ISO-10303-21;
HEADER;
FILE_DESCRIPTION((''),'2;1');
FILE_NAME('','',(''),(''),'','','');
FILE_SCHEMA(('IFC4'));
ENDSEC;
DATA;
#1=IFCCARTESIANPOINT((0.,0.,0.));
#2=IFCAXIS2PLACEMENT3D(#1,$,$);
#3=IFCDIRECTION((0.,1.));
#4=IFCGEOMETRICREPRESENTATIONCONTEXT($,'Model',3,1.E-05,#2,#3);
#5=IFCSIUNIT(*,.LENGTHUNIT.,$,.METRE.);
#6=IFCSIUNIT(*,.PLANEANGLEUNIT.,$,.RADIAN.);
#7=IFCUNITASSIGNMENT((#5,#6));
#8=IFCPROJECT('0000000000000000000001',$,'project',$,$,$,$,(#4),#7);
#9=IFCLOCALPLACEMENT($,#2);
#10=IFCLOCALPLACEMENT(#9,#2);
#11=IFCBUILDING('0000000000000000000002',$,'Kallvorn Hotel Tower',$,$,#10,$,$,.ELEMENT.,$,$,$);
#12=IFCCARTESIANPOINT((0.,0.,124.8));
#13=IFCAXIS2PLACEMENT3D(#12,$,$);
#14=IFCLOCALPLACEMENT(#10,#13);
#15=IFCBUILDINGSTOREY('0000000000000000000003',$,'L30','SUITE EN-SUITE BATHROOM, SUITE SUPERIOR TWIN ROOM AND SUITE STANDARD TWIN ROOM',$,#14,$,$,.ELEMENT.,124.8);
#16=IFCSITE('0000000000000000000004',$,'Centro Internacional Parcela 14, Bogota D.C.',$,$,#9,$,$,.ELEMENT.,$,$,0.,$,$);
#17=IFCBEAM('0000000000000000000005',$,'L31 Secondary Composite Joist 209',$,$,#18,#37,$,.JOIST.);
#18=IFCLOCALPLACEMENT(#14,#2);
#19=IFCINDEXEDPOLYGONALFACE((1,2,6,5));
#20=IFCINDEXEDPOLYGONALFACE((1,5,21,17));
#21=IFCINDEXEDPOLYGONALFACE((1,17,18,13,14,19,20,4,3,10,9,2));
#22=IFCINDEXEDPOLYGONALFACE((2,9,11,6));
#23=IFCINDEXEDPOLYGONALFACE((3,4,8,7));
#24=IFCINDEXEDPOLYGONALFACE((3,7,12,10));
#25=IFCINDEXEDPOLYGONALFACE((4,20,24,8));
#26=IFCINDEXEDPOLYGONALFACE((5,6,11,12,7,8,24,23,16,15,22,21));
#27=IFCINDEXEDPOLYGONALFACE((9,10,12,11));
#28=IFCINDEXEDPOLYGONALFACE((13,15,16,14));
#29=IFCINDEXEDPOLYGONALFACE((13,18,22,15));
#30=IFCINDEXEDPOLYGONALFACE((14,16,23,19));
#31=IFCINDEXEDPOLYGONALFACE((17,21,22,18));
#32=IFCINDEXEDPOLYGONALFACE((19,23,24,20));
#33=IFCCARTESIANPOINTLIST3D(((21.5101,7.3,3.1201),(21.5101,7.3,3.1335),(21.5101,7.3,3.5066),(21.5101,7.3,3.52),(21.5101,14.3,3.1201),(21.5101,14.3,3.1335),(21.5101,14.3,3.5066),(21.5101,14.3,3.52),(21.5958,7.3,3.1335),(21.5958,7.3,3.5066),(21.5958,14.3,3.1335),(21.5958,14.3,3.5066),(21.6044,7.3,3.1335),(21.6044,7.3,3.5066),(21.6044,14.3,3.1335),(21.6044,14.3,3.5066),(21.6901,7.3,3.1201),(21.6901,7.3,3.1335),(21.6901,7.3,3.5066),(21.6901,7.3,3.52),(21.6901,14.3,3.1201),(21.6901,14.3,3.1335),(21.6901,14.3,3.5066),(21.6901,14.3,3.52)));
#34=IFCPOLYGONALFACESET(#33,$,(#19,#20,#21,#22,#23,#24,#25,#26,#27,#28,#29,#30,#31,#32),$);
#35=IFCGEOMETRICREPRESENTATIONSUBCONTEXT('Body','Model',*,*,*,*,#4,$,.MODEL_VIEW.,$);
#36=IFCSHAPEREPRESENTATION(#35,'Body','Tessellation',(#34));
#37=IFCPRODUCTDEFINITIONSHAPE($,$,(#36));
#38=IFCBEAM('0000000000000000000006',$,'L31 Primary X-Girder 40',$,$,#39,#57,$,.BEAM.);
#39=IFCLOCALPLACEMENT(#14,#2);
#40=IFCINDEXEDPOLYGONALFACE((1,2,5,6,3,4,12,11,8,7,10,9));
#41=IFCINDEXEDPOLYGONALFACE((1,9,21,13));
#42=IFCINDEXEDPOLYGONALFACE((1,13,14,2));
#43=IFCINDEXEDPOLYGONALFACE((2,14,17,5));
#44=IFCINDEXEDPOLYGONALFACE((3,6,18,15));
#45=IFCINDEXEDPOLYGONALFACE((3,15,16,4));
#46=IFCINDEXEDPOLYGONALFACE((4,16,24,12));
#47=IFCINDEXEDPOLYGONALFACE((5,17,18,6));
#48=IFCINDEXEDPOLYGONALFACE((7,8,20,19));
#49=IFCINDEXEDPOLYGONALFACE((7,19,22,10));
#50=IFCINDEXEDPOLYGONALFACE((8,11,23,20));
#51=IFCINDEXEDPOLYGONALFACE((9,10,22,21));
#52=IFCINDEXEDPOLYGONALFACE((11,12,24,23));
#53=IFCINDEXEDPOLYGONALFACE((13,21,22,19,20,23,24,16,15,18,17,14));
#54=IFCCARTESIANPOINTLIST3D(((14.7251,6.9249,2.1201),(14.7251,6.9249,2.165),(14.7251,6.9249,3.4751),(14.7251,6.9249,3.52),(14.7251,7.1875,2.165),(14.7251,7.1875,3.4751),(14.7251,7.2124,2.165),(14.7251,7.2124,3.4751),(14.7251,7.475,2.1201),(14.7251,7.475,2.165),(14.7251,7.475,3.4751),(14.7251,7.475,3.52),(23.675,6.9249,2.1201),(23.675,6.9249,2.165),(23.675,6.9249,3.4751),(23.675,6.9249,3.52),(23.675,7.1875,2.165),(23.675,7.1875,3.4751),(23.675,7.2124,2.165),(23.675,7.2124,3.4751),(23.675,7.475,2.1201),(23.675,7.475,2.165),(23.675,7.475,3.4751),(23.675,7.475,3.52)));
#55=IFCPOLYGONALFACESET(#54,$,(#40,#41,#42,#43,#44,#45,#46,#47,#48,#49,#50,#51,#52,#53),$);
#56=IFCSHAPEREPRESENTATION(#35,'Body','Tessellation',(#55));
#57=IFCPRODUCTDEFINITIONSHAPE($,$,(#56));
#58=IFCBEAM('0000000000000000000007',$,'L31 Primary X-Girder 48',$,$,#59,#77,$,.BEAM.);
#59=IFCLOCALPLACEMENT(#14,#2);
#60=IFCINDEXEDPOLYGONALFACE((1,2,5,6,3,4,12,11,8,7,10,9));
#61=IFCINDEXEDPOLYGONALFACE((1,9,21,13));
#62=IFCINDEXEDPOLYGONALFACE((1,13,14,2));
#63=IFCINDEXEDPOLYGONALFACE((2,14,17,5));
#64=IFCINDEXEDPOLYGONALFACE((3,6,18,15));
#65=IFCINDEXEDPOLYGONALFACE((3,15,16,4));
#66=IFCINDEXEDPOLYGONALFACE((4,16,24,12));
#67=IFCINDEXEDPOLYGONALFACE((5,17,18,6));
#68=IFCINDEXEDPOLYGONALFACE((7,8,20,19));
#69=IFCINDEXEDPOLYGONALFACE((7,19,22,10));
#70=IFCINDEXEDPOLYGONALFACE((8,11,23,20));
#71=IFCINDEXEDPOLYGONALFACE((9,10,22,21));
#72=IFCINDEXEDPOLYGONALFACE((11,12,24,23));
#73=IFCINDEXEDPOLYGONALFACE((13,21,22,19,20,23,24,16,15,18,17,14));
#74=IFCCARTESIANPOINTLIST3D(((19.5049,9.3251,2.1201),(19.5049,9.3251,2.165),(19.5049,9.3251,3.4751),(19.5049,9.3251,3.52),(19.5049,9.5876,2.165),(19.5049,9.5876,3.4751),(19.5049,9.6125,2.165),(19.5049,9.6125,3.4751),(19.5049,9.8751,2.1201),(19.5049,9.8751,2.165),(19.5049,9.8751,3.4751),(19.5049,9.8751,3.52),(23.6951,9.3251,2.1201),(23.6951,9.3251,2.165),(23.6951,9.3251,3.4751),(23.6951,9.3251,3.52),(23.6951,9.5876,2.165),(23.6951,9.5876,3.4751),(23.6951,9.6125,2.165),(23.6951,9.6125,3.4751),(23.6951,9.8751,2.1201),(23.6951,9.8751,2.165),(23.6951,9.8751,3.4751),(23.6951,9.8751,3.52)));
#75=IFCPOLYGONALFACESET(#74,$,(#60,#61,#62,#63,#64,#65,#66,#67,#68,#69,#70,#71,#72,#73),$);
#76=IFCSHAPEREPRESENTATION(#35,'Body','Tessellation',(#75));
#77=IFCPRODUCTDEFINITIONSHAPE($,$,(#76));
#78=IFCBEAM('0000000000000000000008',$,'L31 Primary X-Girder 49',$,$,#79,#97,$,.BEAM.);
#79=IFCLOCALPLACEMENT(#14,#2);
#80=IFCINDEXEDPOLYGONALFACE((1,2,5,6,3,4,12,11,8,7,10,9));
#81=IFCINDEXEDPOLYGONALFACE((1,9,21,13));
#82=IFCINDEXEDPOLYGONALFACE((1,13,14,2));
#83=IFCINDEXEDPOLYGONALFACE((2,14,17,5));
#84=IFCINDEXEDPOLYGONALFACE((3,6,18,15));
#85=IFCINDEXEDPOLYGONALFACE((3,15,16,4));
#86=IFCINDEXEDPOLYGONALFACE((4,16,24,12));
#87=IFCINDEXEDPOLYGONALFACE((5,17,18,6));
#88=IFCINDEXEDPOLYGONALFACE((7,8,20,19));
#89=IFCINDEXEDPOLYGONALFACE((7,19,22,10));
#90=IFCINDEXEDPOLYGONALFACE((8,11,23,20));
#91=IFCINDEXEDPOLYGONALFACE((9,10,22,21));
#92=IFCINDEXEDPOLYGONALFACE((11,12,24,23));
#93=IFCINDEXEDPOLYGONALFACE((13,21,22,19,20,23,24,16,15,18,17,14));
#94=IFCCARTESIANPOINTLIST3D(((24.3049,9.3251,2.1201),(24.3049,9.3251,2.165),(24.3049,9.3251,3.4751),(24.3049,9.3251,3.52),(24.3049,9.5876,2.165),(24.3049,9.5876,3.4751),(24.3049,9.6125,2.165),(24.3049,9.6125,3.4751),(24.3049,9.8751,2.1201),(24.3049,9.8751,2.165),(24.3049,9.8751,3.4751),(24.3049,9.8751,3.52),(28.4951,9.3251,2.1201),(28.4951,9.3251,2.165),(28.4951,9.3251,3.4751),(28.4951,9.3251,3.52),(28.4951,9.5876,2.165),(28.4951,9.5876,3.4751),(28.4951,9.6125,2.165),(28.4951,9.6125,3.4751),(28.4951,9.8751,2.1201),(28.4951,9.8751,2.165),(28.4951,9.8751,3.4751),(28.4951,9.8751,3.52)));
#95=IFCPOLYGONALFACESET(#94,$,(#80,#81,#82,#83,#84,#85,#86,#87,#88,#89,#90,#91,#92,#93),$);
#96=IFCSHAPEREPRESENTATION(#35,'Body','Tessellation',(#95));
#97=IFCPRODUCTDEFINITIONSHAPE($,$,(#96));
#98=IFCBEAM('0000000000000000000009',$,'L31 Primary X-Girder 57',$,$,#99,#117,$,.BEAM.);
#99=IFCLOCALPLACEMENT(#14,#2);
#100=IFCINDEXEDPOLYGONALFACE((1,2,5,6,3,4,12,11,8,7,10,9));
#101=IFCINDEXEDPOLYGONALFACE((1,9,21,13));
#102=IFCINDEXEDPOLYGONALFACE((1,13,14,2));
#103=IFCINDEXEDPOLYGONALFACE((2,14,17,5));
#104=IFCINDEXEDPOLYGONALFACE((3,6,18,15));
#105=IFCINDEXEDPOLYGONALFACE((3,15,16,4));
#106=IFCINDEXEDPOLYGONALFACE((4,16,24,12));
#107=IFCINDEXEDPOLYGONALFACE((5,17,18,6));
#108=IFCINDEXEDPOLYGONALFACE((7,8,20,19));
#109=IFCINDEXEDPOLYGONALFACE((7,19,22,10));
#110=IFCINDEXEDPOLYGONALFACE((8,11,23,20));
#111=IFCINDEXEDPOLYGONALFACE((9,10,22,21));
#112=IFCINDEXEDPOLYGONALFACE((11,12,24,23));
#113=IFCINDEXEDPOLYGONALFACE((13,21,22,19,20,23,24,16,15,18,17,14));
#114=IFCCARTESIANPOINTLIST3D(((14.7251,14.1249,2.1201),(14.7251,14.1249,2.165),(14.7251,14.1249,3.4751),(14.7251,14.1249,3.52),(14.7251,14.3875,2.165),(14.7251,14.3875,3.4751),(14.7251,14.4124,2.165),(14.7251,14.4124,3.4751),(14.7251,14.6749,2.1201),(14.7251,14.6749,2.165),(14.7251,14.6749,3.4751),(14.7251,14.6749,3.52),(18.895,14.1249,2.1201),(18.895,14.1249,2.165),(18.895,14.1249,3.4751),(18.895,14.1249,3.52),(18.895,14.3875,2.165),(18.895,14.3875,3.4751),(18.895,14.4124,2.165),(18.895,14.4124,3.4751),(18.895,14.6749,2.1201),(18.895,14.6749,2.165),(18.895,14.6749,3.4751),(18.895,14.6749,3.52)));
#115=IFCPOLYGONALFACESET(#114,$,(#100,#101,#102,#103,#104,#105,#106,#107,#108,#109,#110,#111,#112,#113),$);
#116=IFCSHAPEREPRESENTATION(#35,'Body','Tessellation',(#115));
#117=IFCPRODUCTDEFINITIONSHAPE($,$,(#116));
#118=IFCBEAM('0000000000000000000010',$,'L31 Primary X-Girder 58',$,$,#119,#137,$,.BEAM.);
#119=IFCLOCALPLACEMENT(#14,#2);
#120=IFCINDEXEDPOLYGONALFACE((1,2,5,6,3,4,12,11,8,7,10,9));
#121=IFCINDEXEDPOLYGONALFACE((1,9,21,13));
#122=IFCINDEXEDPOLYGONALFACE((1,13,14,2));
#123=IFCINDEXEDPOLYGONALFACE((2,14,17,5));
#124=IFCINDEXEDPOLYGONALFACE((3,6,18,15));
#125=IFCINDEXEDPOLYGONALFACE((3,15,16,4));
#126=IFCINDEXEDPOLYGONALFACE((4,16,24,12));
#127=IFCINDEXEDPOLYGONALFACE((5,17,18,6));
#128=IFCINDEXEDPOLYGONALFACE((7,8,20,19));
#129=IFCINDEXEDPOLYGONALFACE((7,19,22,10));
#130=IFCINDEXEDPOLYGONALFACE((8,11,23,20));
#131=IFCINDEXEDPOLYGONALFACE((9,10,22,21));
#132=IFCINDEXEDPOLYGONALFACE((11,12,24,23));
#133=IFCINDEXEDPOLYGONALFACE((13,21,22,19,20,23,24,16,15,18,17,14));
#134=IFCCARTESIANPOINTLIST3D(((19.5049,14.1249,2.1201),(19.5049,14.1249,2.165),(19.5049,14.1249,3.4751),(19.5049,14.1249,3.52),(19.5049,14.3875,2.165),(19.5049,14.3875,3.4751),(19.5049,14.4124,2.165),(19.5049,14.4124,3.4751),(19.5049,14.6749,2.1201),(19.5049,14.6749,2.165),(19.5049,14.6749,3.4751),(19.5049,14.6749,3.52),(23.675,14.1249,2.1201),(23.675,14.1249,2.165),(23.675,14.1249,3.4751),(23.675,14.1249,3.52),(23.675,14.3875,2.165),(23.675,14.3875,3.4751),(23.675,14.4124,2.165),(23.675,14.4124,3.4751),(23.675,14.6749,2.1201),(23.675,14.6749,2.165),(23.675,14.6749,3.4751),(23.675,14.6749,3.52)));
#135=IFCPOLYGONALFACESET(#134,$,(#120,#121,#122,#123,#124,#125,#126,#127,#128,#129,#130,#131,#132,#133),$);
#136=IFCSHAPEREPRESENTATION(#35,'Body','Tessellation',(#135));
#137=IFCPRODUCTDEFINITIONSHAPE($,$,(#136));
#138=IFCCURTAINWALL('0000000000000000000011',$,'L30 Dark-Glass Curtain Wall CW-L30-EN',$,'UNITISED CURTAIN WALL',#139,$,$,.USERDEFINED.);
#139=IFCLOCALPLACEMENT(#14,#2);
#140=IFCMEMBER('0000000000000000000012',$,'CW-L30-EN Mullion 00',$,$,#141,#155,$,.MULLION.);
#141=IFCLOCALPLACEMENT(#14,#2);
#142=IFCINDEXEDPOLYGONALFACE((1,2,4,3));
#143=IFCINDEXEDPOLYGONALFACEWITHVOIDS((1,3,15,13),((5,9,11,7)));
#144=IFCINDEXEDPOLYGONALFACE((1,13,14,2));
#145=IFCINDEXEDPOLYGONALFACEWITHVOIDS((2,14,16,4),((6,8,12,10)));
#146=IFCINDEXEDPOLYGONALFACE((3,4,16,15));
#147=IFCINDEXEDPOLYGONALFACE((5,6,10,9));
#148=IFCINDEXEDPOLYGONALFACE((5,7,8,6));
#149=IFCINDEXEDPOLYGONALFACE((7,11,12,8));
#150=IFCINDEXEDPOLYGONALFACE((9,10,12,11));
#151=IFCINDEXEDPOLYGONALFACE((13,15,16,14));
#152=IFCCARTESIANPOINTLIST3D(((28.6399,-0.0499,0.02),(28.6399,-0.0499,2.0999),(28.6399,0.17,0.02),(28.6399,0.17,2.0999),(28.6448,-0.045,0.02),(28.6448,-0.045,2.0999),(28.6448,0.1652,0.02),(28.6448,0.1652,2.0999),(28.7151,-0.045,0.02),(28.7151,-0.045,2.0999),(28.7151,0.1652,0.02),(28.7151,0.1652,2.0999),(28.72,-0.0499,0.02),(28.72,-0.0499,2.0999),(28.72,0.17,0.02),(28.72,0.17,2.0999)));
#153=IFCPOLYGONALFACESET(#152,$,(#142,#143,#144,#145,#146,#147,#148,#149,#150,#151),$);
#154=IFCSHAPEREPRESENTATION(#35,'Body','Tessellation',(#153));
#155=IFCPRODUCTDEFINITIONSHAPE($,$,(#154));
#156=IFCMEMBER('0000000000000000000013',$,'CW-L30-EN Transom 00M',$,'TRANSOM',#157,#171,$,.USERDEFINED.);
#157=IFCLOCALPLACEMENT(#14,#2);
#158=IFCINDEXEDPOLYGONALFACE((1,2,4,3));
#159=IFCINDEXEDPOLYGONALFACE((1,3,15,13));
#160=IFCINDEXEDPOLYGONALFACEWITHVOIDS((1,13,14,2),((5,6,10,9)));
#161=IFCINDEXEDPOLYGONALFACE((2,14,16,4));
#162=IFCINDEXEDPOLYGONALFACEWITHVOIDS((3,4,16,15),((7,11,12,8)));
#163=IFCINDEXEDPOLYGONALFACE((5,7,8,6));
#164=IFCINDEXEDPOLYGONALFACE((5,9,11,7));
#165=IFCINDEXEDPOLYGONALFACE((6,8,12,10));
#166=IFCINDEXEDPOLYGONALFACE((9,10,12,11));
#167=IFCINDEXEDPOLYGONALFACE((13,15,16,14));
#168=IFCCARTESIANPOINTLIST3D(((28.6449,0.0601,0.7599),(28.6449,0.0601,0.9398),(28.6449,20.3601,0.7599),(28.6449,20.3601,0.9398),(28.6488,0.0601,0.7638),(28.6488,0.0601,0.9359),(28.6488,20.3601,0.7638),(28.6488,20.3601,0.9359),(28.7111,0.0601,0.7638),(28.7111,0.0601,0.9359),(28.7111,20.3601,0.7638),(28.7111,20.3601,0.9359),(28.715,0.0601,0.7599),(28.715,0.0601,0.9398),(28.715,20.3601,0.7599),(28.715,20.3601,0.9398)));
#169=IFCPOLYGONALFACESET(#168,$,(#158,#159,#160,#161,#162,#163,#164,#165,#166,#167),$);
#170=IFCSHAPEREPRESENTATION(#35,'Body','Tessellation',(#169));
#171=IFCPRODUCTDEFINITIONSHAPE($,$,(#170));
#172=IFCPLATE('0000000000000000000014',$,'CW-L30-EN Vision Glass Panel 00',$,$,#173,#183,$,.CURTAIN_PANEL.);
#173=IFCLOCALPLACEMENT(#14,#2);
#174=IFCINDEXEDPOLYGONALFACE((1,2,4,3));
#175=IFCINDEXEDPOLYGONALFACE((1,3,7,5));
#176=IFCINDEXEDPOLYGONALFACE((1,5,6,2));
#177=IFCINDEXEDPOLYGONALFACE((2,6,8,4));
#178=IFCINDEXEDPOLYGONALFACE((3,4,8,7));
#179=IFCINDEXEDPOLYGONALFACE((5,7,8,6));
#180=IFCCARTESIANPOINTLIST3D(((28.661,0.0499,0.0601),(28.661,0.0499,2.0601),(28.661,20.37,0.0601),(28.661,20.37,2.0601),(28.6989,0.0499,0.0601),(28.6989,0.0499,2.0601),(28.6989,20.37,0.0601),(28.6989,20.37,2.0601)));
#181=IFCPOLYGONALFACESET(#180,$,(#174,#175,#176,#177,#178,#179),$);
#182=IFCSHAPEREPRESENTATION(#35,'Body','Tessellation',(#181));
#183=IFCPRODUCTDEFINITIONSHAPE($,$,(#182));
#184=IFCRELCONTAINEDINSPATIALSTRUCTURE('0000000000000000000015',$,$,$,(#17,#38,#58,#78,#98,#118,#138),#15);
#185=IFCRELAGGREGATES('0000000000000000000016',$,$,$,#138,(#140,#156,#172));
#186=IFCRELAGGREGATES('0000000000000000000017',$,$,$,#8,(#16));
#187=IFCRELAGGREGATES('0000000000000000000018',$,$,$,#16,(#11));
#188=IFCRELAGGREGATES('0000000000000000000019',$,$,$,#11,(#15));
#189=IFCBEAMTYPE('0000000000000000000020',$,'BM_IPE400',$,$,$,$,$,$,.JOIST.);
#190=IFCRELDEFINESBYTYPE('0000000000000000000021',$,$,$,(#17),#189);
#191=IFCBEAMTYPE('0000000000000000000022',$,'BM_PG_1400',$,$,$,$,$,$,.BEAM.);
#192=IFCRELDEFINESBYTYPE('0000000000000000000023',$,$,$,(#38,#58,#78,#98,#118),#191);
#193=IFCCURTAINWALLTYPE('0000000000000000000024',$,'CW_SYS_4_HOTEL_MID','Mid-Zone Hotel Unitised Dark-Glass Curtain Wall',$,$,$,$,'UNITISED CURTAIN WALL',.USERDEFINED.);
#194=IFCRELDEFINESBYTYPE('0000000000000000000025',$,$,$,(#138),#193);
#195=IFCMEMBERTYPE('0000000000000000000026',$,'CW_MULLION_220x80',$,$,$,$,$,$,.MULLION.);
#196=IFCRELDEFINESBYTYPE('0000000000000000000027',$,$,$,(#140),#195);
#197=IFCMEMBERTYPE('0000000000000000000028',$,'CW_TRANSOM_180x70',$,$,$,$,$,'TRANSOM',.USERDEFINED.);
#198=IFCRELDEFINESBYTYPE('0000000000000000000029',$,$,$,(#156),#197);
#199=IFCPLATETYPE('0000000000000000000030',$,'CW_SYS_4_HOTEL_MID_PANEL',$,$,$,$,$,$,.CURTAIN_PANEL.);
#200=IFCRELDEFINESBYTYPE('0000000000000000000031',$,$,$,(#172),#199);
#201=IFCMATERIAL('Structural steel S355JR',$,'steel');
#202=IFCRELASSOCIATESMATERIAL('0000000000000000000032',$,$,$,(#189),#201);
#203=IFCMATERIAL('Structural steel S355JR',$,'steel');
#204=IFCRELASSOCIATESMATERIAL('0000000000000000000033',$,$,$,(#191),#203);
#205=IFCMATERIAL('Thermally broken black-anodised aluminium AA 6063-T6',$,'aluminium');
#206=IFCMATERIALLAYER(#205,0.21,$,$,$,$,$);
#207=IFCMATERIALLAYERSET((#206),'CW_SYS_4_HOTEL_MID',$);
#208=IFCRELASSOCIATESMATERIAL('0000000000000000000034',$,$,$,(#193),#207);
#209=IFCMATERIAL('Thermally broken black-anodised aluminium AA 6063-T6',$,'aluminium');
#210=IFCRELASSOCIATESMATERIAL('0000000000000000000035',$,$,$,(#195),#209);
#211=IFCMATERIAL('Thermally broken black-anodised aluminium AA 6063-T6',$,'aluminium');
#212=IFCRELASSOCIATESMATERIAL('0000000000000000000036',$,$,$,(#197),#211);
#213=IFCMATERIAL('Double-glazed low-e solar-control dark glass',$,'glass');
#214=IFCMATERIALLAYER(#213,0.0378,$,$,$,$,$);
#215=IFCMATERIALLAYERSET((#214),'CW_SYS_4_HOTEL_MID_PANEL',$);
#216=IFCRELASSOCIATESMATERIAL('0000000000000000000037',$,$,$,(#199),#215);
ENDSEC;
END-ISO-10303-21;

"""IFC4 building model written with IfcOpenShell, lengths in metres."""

from ifc_helpers import new_model, si_unit, direction, frame, origin, origin_2d, place, context, subcontext, project, spatial, rectangle, hollow_rectangle, i_section, extrude, material, layer, layer_set, material_profile, profile_set, type_object, element, aggregate, save


model = new_model("IFC4")

# Units and contexts
model_context = context("Model", 3, precision=1e-05, world=origin(), true_north=direction((0.0, 1.0)))
body_context = subcontext(model_context, "Body", "Model", "MODEL_VIEW")
ifc_project = project(units=[si_unit("LENGTHUNIT", "METRE"), si_unit("PLANEANGLEUNIT", "RADIAN")], contexts=[model_context])

# Site, building, storey
site_placement = place(None, origin())
site = spatial("IfcSite", under=ifc_project, at=site_placement, Name="Centro Internacional Parcela 14, Bogota D.C.", CompositionType="ELEMENT", RefElevation=0.0)
building_placement = place(site_placement, origin())
building = spatial("IfcBuilding", under=site, at=building_placement, Name="Kallvorn Hotel Tower", CompositionType="ELEMENT")
storey_placement = place(building_placement, frame((0.0, 0.0, 124.8)))
storey = spatial("IfcBuildingStorey", under=building, at=storey_placement, Name="L30", Description="SUITE EN-SUITE BATHROOM, SUITE SUPERIOR TWIN ROOM AND SUITE STANDARD TWIN ROOM", CompositionType="ELEMENT", Elevation=124.8)

# Beams
ifc_material_1 = material(Name="Structural steel S355JR", Category="steel")
ifc_material_profile_1 = material_profile(ifc_material_1, i_section(OverallWidth=0.1799, OverallDepth=0.3999, WebThickness=0.0085, FlangeThickness=0.0134, at=origin_2d()), Name="IPE 400")
ifc_profile_set_1 = profile_set([ifc_material_profile_1], Name="Structural steel S355JR")
beam_type_1 = type_object("IfcBeamType", Name="BM_IPE400", PredefinedType="JOIST", material=ifc_profile_set_1)
for number, where, z_axis, x_axis, name in (
    (1, (21.6001, 7.3, 3.3201), (0.0, 1.0, 0.0), (-1.0, 0.0, 0.0), "L31 Secondary Composite Joist 209"),
):
    element("IfcBeam", number, at=place(storey_placement, frame(where, z_axis=z_axis, x_axis=x_axis)), inside=storey, type_object=beam_type_1, Name=name, PredefinedType="JOIST", context=body_context, shape_type="SweptSolid", body=[
        extrude(i_section(OverallWidth=0.1799, OverallDepth=0.3999, WebThickness=0.0085, FlangeThickness=0.0134, at=origin_2d()), origin(), (0.0, 0.0, 1.0), 7.0),
    ])
ifc_material_2 = material(Name="Structural steel S355JR", Category="steel")
ifc_material_profile_2 = material_profile(ifc_material_2, i_section(OverallWidth=0.55, OverallDepth=1.3999, WebThickness=0.0249, FlangeThickness=0.0449, at=origin_2d()), Name="PG 1400x550x25x45")
ifc_profile_set_2 = profile_set([ifc_material_profile_2], Name="Structural steel S355JR")
beam_type_2 = type_object("IfcBeamType", Name="BM_PG_1400", PredefinedType="BEAM", material=ifc_profile_set_2)
beam_1_placement = place(storey_placement, frame((14.7251, 7.2, 2.8201), z_axis=(1.0, 0.0, 0.0), x_axis=(0.0, 1.0, 0.0)))
element("IfcBeam", 2, at=beam_1_placement, inside=storey, type_object=beam_type_2, Name="L31 Primary X-Girder 40", PredefinedType="BEAM", context=body_context, shape_type="SweptSolid", body=[
    extrude(i_section(OverallWidth=0.55, OverallDepth=1.3999, WebThickness=0.0249, FlangeThickness=0.0449, at=origin_2d()), origin(), (0.0, 0.0, 1.0), 8.95),
])
for number, where, z_axis, x_axis, name in (
    (3, (19.5049, 9.6001, 2.8201), (1.0, 0.0, 0.0), (0.0, 1.0, 0.0), "L31 Primary X-Girder 48"),
    (4, (24.3049, 9.6001, 2.8201), (1.0, 0.0, 0.0), (0.0, 1.0, 0.0), "L31 Primary X-Girder 49"),
):
    element("IfcBeam", number, at=place(storey_placement, frame(where, z_axis=z_axis, x_axis=x_axis)), inside=storey, type_object=beam_type_2, Name=name, PredefinedType="BEAM", context=body_context, shape_type="SweptSolid", body=[
        extrude(i_section(OverallWidth=0.55, OverallDepth=1.3999, WebThickness=0.0249, FlangeThickness=0.0449, at=origin_2d()), origin(), (0.0, 0.0, 1.0), 4.1902),
    ])
beam_2_placement = place(storey_placement, frame((14.7251, 14.3999, 2.8201), z_axis=(1.0, 0.0, 0.0), x_axis=(0.0, 1.0, 0.0)))
element("IfcBeam", 5, at=beam_2_placement, inside=storey, type_object=beam_type_2, Name="L31 Primary X-Girder 57", PredefinedType="BEAM", context=body_context, shape_type="SweptSolid", body=[
    extrude(i_section(OverallWidth=0.55, OverallDepth=1.3999, WebThickness=0.0249, FlangeThickness=0.0449, at=origin_2d()), origin(), (0.0, 0.0, 1.0), 4.1699),
])
beam_3_placement = place(storey_placement, frame((19.5049, 14.3999, 2.8201), z_axis=(1.0, 0.0, 0.0), x_axis=(0.0, 1.0, 0.0)))
element("IfcBeam", 6, at=beam_3_placement, inside=storey, type_object=beam_type_2, Name="L31 Primary X-Girder 58", PredefinedType="BEAM", context=body_context, shape_type="SweptSolid", body=[
    extrude(i_section(OverallWidth=0.55, OverallDepth=1.3999, WebThickness=0.0249, FlangeThickness=0.0449, at=origin_2d()), origin(), (0.0, 0.0, 1.0), 4.1702),
])

# Curtain wall, members, plate
ifc_material_3 = material(Name="Thermally broken black-anodised aluminium AA 6063-T6", Category="aluminium")
ifc_layer_1 = layer(ifc_material_3, 0.21)
ifc_layer_set_1 = layer_set([ifc_layer_1], Name="CW_SYS_4_HOTEL_MID")
curtain_wall_type = type_object("IfcCurtainWallType", Name="CW_SYS_4_HOTEL_MID", Description="Mid-Zone Hotel Unitised Dark-Glass Curtain Wall", ElementType="UNITISED CURTAIN WALL", PredefinedType="USERDEFINED", material=ifc_layer_set_1)
curtain_wall_placement = place(storey_placement, origin())
curtain_wall = element("IfcCurtainWall", 7, at=curtain_wall_placement, inside=storey, type_object=curtain_wall_type, Name="L30 Dark-Glass Curtain Wall CW-L30-EN", ObjectType="UNITISED CURTAIN WALL", PredefinedType="USERDEFINED")
ifc_material_4 = material(Name="Thermally broken black-anodised aluminium AA 6063-T6", Category="aluminium")
ifc_material_profile_3 = material_profile(ifc_material_4, hollow_rectangle(XDim=0.0801, YDim=0.22, WallThickness=0.0049, at=origin_2d()), Name="MUL 220x80")
ifc_profile_set_3 = profile_set([ifc_material_profile_3], Name="Thermally broken black-anodised aluminium AA 6063-T6")
member_type_1 = type_object("IfcMemberType", Name="CW_MULLION_220x80", PredefinedType="MULLION", material=ifc_profile_set_3)
member_1_placement = place(storey_placement, frame((28.6799, 0.0601, 0.02), z_axis=(0.0, 0.0, 1.0), x_axis=(1.0, 0.0, 0.0)))
member_1 = element("IfcMember", 8, at=member_1_placement, type_object=member_type_1, Name="CW-L30-EN Mullion 00", PredefinedType="MULLION", context=body_context, shape_type="SweptSolid", body=[
    extrude(hollow_rectangle(XDim=0.0801, YDim=0.22, WallThickness=0.0049, at=origin_2d()), origin(), (0.0, 0.0, 1.0), 2.0798),
])
ifc_material_5 = material(Name="Thermally broken black-anodised aluminium AA 6063-T6", Category="aluminium")
ifc_material_profile_4 = material_profile(ifc_material_5, hollow_rectangle(XDim=0.0701, YDim=0.1799, WallThickness=0.0039, at=origin_2d()), Name="TRN 180x70")
ifc_profile_set_4 = profile_set([ifc_material_profile_4], Name="Thermally broken black-anodised aluminium AA 6063-T6")
member_type_2 = type_object("IfcMemberType", Name="CW_TRANSOM_180x70", ElementType="TRANSOM", PredefinedType="USERDEFINED", material=ifc_profile_set_4)
member_2_placement = place(storey_placement, frame((28.6799, 0.0601, 0.8499), z_axis=(0.0, 1.0, 0.0), x_axis=(-1.0, 0.0, 0.0)))
member_2 = element("IfcMember", 9, at=member_2_placement, type_object=member_type_2, Name="CW-L30-EN Transom 00M", ObjectType="TRANSOM", PredefinedType="USERDEFINED", context=body_context, shape_type="SweptSolid", body=[
    extrude(hollow_rectangle(XDim=0.0701, YDim=0.1799, WallThickness=0.0039, at=origin_2d()), origin(), (0.0, 0.0, 1.0), 20.3),
])
ifc_material_6 = material(Name="Double-glazed low-e solar-control dark glass", Category="glass")
ifc_layer_2 = layer(ifc_material_6, 0.0378)
ifc_layer_set_2 = layer_set([ifc_layer_2], Name="CW_SYS_4_HOTEL_MID_PANEL")
plate_type = type_object("IfcPlateType", Name="CW_SYS_4_HOTEL_MID_PANEL", PredefinedType="CURTAIN_PANEL", material=ifc_layer_set_2)
plate_placement = place(storey_placement, frame((28.6799, 10.21, 0.0601), z_axis=(0.0, 0.0, 1.0), x_axis=(0.0, 1.0, 0.0)))
plate = element("IfcPlate", 10, at=plate_placement, type_object=plate_type, Name="CW-L30-EN Vision Glass Panel 00", PredefinedType="CURTAIN_PANEL", context=body_context, shape_type="SweptSolid", body=[
    extrude(rectangle(XDim=20.3201, YDim=0.0378, at=origin_2d()), origin(), (0.0, 0.0, 1.0), 2.0),
])
aggregate(curtain_wall, [member_1, member_2, plate])

save(model, "model.ifc")
